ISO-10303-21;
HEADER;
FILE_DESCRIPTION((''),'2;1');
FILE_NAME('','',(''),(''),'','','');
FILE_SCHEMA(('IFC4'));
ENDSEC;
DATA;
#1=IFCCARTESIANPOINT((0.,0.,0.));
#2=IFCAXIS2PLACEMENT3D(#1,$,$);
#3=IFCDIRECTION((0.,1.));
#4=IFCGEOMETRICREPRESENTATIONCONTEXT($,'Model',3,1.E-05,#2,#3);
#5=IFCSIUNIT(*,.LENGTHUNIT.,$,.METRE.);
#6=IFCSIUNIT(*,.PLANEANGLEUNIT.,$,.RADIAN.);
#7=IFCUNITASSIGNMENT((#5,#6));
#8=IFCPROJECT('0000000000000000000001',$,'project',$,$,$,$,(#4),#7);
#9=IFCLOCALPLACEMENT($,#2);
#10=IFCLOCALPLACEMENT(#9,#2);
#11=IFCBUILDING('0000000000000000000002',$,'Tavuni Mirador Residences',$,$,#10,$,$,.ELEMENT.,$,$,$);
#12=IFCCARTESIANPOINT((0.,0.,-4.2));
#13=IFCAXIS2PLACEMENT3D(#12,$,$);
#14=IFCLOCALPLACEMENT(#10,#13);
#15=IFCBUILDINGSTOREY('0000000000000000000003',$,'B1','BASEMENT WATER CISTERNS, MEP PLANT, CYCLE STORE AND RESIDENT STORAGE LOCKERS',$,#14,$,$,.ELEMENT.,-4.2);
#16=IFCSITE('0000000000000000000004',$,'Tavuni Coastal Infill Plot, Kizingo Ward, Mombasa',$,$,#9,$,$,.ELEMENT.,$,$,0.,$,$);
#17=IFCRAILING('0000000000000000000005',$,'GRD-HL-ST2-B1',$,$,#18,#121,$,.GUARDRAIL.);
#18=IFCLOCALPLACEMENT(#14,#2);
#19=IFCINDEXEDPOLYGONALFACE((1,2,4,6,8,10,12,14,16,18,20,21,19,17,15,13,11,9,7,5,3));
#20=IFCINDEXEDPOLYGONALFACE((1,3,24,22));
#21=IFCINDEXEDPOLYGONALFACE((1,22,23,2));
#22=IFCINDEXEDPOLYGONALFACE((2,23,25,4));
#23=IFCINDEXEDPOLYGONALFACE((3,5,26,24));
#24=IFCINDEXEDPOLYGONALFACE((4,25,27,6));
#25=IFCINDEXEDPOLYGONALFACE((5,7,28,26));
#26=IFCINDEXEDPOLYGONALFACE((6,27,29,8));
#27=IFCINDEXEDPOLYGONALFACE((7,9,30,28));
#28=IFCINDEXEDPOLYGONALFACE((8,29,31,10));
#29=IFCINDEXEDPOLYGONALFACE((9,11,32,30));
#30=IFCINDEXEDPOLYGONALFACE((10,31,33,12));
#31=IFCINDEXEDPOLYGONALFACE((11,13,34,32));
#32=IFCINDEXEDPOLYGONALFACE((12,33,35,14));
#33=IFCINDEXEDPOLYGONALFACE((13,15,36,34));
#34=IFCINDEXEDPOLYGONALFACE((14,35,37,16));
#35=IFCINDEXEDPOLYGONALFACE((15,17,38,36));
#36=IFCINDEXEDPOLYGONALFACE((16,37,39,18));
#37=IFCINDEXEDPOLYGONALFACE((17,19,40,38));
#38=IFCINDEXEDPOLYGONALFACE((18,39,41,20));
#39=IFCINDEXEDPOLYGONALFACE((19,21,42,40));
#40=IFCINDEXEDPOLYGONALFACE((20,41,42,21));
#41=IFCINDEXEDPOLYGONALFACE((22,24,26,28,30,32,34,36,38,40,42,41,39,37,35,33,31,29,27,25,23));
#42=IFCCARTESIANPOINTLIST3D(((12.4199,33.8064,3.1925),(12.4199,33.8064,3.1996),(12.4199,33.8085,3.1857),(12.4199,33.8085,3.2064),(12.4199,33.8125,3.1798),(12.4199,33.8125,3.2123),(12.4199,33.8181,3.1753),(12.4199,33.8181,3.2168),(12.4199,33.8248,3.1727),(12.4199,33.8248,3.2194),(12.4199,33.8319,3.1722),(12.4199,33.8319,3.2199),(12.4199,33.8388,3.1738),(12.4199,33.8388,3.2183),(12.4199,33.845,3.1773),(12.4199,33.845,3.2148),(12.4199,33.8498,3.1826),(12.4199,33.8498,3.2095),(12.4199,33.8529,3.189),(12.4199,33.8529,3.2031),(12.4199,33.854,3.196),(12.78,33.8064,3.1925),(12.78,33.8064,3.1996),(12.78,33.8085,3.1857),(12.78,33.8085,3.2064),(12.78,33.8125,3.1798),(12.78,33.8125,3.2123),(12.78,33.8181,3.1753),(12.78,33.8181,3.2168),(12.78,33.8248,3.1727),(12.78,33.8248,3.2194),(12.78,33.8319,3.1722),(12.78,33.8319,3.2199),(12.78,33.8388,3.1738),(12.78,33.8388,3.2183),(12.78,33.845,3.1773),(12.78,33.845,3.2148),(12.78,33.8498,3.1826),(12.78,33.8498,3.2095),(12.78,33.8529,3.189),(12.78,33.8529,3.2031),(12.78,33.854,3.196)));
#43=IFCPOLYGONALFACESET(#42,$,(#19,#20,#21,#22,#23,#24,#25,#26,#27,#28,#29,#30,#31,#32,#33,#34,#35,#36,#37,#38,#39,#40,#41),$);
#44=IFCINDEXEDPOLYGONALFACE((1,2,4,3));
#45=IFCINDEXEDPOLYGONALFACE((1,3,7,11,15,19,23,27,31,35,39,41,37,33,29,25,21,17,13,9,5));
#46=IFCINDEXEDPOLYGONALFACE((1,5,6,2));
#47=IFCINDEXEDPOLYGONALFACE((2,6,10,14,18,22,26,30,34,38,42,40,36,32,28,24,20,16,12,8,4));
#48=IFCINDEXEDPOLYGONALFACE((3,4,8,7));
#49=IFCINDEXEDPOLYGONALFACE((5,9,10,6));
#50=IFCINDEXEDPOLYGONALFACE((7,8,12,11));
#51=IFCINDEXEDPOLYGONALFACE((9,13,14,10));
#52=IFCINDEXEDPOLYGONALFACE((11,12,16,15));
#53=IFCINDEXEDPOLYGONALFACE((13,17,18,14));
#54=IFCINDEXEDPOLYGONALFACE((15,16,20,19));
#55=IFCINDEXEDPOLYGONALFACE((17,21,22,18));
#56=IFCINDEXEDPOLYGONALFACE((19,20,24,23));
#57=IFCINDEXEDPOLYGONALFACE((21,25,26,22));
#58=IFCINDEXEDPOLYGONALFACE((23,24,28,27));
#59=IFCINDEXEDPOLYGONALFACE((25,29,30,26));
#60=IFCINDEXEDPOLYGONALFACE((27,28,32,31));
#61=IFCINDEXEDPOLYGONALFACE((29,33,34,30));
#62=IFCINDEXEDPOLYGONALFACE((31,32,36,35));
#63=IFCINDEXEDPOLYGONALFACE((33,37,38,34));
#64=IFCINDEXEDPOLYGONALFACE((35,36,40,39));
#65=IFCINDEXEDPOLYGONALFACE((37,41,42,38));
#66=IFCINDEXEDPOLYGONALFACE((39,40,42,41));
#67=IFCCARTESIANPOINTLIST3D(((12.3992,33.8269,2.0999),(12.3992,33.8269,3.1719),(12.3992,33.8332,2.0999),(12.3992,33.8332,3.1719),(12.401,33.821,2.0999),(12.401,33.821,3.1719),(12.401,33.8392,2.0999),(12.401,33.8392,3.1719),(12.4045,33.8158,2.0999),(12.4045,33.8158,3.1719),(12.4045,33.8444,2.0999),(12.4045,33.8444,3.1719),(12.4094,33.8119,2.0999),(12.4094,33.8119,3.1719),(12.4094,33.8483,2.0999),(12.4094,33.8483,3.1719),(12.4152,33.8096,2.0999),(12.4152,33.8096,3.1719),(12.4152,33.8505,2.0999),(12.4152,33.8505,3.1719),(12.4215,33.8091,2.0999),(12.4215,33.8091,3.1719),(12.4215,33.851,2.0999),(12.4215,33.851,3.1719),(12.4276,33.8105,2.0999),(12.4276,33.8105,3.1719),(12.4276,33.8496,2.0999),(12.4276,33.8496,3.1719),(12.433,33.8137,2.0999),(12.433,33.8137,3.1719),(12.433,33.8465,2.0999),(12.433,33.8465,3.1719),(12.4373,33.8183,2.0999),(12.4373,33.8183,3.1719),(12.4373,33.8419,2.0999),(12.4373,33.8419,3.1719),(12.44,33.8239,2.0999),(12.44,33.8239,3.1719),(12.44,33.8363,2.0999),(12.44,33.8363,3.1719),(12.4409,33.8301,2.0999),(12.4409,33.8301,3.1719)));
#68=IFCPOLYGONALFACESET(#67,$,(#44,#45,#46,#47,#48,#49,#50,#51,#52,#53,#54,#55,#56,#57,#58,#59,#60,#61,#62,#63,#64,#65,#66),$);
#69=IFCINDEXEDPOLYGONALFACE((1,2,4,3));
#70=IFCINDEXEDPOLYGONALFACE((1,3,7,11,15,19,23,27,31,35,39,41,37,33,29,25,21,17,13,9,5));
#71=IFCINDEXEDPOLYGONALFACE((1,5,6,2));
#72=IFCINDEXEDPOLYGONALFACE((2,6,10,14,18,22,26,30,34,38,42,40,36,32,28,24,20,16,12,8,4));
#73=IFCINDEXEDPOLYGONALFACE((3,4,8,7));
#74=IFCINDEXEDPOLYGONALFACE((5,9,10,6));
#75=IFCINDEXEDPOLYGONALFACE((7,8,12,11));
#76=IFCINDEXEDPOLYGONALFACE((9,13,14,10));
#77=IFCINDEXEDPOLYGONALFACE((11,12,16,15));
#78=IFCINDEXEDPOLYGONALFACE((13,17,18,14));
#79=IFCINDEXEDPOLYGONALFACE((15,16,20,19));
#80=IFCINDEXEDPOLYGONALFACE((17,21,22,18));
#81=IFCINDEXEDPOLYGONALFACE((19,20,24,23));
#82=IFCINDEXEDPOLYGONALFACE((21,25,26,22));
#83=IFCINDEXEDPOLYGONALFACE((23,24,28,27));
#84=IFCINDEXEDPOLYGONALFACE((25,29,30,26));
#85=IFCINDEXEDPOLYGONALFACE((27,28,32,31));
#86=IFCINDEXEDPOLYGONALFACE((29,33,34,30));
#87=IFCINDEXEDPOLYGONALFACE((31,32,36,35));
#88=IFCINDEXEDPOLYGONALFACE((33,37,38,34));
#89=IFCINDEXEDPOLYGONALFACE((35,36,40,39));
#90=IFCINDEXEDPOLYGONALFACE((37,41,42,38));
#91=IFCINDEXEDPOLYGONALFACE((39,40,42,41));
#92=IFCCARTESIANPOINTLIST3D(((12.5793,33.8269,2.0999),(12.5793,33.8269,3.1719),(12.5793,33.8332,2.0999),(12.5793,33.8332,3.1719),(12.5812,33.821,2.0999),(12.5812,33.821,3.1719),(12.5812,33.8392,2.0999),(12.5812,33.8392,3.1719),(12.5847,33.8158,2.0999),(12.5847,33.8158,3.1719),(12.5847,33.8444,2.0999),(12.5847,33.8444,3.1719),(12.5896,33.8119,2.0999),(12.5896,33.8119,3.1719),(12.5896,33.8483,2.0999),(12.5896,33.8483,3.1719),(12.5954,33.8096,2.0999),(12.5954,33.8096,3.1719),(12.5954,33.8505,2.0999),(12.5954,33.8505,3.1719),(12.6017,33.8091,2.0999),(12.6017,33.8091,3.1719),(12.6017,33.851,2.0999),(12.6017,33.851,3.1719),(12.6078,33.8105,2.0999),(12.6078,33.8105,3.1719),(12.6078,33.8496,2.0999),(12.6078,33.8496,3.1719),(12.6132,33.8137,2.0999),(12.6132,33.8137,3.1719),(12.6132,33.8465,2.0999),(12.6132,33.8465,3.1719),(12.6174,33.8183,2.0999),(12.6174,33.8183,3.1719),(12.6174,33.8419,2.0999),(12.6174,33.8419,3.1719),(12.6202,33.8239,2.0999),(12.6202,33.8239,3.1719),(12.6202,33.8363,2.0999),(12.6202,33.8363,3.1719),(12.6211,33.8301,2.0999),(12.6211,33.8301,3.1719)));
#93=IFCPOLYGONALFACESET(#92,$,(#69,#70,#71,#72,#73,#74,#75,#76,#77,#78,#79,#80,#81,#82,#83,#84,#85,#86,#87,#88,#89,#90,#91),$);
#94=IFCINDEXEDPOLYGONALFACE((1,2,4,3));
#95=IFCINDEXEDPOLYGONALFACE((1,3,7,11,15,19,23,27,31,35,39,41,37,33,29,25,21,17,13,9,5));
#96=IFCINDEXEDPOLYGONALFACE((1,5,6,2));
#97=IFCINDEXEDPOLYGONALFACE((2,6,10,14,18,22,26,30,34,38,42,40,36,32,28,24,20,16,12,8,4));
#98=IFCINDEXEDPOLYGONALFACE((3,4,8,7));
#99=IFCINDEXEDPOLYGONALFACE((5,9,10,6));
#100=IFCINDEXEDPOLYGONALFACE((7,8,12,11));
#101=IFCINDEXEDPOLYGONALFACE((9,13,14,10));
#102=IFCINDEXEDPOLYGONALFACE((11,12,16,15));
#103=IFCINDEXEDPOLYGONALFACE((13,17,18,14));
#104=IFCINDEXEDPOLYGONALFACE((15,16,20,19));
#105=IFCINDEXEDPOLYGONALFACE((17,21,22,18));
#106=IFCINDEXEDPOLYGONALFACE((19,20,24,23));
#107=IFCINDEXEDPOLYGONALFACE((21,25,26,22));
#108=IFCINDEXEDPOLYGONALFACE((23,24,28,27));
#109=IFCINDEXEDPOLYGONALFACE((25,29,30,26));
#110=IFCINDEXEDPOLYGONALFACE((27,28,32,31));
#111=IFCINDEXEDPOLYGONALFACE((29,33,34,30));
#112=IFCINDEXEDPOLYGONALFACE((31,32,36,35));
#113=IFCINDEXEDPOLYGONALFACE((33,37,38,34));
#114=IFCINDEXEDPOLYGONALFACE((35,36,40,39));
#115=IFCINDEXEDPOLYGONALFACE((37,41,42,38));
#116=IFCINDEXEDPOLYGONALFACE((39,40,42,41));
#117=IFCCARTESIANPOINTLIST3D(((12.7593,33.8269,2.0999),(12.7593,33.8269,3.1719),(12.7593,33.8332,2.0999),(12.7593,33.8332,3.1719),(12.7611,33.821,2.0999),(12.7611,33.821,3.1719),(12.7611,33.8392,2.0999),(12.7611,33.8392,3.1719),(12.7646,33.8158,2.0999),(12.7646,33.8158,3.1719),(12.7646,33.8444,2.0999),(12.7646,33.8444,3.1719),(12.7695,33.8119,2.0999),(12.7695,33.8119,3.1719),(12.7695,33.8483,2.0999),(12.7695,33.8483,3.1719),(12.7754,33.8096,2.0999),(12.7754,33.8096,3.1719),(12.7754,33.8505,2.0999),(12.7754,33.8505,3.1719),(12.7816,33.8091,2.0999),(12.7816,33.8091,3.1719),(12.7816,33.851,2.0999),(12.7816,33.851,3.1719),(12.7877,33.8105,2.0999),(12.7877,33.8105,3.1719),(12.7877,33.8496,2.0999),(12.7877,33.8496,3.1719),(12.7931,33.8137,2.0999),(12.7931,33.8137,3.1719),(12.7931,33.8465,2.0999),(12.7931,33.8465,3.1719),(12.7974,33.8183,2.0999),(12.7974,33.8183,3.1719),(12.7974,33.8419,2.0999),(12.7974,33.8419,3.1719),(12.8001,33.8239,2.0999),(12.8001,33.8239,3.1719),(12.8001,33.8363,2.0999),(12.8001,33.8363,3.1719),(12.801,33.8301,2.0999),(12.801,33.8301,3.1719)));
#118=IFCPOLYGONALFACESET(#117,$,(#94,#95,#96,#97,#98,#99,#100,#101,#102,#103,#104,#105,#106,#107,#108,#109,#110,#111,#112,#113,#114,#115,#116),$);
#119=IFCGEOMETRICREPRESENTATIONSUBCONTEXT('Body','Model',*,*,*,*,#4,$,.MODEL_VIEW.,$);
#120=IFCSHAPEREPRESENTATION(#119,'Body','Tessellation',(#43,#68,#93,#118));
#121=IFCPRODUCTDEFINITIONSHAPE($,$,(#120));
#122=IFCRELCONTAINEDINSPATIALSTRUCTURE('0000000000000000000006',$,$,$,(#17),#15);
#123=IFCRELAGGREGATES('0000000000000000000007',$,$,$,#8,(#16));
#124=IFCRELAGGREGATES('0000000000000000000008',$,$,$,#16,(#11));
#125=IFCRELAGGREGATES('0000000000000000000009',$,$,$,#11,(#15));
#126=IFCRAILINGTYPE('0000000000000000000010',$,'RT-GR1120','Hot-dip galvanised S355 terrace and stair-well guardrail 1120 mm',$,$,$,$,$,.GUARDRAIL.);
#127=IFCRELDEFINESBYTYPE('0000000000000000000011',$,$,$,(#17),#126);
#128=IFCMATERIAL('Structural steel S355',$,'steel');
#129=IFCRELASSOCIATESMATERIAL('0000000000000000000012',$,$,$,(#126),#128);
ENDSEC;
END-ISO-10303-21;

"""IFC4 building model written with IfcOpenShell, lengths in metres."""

from ifc_helpers import new_model, si_unit, direction, frame, origin, origin_2d, place, context, subcontext, project, spatial, circle, extrude, material, type_object, element, save


model = new_model("IFC4")

# Units and contexts
model_context = context("Model", 3, precision=1e-05, world=origin(), true_north=direction((0.0, 1.0)))
body_context = subcontext(model_context, "Body", "Model", "MODEL_VIEW")
ifc_project = project(units=[si_unit("LENGTHUNIT", "METRE"), si_unit("PLANEANGLEUNIT", "RADIAN")], contexts=[model_context])

# Site, building, storey
site_placement = place(None, origin())
site = spatial("IfcSite", under=ifc_project, at=site_placement, Name="Tavuni Coastal Infill Plot, Kizingo Ward, Mombasa", CompositionType="ELEMENT", RefElevation=0.0)
building_placement = place(site_placement, origin())
building = spatial("IfcBuilding", under=site, at=building_placement, Name="Tavuni Mirador Residences", CompositionType="ELEMENT")
storey_placement = place(building_placement, frame((0.0, 0.0, -4.2)))
storey = spatial("IfcBuildingStorey", under=building, at=storey_placement, Name="B1", Description="BASEMENT WATER CISTERNS, MEP PLANT, CYCLE STORE AND RESIDENT STORAGE LOCKERS", CompositionType="ELEMENT", Elevation=-4.2)

# Shared definitions
ifc_material_1 = material(Name="Structural steel S355", Category="steel")

# Railing
railing_type_1 = type_object("IfcRailingType", Name="RT-GR1120", Description="Hot-dip galvanised S355 terrace and stair-well guardrail 1120 mm", PredefinedType="GUARDRAIL", material=ifc_material_1)
railing_1_placement = place(storey_placement, frame((12.4199, 33.8301, 2.0999)))
element("IfcRailing", 1, at=railing_1_placement, inside=storey, type_object=railing_type_1, Name="GRD-HL-ST2-B1", PredefinedType="GUARDRAIL", context=body_context, shape_type="SweptSolid", body=[
    extrude(circle(Radius=0.0239, at=origin_2d()), frame((0.0, 0.0, 1.0962), z_axis=(1.0, 0.0, 0.0), x_axis=(0.0, 1.0, 0.0)), (0.0, 0.0, 1.0), 0.3601),
    extrude(circle(Radius=0.021, at=origin_2d()), origin(), (0.0, 0.0, 1.0), 1.072),
    extrude(circle(Radius=0.021, at=origin_2d()), frame((0.1802, 0.0, 0.0)), (0.0, 0.0, 1.0), 1.072),
    extrude(circle(Radius=0.021, at=origin_2d()), frame((0.3601, 0.0, 0.0)), (0.0, 0.0, 1.0), 1.072),
])

save(model, "model.ifc")
